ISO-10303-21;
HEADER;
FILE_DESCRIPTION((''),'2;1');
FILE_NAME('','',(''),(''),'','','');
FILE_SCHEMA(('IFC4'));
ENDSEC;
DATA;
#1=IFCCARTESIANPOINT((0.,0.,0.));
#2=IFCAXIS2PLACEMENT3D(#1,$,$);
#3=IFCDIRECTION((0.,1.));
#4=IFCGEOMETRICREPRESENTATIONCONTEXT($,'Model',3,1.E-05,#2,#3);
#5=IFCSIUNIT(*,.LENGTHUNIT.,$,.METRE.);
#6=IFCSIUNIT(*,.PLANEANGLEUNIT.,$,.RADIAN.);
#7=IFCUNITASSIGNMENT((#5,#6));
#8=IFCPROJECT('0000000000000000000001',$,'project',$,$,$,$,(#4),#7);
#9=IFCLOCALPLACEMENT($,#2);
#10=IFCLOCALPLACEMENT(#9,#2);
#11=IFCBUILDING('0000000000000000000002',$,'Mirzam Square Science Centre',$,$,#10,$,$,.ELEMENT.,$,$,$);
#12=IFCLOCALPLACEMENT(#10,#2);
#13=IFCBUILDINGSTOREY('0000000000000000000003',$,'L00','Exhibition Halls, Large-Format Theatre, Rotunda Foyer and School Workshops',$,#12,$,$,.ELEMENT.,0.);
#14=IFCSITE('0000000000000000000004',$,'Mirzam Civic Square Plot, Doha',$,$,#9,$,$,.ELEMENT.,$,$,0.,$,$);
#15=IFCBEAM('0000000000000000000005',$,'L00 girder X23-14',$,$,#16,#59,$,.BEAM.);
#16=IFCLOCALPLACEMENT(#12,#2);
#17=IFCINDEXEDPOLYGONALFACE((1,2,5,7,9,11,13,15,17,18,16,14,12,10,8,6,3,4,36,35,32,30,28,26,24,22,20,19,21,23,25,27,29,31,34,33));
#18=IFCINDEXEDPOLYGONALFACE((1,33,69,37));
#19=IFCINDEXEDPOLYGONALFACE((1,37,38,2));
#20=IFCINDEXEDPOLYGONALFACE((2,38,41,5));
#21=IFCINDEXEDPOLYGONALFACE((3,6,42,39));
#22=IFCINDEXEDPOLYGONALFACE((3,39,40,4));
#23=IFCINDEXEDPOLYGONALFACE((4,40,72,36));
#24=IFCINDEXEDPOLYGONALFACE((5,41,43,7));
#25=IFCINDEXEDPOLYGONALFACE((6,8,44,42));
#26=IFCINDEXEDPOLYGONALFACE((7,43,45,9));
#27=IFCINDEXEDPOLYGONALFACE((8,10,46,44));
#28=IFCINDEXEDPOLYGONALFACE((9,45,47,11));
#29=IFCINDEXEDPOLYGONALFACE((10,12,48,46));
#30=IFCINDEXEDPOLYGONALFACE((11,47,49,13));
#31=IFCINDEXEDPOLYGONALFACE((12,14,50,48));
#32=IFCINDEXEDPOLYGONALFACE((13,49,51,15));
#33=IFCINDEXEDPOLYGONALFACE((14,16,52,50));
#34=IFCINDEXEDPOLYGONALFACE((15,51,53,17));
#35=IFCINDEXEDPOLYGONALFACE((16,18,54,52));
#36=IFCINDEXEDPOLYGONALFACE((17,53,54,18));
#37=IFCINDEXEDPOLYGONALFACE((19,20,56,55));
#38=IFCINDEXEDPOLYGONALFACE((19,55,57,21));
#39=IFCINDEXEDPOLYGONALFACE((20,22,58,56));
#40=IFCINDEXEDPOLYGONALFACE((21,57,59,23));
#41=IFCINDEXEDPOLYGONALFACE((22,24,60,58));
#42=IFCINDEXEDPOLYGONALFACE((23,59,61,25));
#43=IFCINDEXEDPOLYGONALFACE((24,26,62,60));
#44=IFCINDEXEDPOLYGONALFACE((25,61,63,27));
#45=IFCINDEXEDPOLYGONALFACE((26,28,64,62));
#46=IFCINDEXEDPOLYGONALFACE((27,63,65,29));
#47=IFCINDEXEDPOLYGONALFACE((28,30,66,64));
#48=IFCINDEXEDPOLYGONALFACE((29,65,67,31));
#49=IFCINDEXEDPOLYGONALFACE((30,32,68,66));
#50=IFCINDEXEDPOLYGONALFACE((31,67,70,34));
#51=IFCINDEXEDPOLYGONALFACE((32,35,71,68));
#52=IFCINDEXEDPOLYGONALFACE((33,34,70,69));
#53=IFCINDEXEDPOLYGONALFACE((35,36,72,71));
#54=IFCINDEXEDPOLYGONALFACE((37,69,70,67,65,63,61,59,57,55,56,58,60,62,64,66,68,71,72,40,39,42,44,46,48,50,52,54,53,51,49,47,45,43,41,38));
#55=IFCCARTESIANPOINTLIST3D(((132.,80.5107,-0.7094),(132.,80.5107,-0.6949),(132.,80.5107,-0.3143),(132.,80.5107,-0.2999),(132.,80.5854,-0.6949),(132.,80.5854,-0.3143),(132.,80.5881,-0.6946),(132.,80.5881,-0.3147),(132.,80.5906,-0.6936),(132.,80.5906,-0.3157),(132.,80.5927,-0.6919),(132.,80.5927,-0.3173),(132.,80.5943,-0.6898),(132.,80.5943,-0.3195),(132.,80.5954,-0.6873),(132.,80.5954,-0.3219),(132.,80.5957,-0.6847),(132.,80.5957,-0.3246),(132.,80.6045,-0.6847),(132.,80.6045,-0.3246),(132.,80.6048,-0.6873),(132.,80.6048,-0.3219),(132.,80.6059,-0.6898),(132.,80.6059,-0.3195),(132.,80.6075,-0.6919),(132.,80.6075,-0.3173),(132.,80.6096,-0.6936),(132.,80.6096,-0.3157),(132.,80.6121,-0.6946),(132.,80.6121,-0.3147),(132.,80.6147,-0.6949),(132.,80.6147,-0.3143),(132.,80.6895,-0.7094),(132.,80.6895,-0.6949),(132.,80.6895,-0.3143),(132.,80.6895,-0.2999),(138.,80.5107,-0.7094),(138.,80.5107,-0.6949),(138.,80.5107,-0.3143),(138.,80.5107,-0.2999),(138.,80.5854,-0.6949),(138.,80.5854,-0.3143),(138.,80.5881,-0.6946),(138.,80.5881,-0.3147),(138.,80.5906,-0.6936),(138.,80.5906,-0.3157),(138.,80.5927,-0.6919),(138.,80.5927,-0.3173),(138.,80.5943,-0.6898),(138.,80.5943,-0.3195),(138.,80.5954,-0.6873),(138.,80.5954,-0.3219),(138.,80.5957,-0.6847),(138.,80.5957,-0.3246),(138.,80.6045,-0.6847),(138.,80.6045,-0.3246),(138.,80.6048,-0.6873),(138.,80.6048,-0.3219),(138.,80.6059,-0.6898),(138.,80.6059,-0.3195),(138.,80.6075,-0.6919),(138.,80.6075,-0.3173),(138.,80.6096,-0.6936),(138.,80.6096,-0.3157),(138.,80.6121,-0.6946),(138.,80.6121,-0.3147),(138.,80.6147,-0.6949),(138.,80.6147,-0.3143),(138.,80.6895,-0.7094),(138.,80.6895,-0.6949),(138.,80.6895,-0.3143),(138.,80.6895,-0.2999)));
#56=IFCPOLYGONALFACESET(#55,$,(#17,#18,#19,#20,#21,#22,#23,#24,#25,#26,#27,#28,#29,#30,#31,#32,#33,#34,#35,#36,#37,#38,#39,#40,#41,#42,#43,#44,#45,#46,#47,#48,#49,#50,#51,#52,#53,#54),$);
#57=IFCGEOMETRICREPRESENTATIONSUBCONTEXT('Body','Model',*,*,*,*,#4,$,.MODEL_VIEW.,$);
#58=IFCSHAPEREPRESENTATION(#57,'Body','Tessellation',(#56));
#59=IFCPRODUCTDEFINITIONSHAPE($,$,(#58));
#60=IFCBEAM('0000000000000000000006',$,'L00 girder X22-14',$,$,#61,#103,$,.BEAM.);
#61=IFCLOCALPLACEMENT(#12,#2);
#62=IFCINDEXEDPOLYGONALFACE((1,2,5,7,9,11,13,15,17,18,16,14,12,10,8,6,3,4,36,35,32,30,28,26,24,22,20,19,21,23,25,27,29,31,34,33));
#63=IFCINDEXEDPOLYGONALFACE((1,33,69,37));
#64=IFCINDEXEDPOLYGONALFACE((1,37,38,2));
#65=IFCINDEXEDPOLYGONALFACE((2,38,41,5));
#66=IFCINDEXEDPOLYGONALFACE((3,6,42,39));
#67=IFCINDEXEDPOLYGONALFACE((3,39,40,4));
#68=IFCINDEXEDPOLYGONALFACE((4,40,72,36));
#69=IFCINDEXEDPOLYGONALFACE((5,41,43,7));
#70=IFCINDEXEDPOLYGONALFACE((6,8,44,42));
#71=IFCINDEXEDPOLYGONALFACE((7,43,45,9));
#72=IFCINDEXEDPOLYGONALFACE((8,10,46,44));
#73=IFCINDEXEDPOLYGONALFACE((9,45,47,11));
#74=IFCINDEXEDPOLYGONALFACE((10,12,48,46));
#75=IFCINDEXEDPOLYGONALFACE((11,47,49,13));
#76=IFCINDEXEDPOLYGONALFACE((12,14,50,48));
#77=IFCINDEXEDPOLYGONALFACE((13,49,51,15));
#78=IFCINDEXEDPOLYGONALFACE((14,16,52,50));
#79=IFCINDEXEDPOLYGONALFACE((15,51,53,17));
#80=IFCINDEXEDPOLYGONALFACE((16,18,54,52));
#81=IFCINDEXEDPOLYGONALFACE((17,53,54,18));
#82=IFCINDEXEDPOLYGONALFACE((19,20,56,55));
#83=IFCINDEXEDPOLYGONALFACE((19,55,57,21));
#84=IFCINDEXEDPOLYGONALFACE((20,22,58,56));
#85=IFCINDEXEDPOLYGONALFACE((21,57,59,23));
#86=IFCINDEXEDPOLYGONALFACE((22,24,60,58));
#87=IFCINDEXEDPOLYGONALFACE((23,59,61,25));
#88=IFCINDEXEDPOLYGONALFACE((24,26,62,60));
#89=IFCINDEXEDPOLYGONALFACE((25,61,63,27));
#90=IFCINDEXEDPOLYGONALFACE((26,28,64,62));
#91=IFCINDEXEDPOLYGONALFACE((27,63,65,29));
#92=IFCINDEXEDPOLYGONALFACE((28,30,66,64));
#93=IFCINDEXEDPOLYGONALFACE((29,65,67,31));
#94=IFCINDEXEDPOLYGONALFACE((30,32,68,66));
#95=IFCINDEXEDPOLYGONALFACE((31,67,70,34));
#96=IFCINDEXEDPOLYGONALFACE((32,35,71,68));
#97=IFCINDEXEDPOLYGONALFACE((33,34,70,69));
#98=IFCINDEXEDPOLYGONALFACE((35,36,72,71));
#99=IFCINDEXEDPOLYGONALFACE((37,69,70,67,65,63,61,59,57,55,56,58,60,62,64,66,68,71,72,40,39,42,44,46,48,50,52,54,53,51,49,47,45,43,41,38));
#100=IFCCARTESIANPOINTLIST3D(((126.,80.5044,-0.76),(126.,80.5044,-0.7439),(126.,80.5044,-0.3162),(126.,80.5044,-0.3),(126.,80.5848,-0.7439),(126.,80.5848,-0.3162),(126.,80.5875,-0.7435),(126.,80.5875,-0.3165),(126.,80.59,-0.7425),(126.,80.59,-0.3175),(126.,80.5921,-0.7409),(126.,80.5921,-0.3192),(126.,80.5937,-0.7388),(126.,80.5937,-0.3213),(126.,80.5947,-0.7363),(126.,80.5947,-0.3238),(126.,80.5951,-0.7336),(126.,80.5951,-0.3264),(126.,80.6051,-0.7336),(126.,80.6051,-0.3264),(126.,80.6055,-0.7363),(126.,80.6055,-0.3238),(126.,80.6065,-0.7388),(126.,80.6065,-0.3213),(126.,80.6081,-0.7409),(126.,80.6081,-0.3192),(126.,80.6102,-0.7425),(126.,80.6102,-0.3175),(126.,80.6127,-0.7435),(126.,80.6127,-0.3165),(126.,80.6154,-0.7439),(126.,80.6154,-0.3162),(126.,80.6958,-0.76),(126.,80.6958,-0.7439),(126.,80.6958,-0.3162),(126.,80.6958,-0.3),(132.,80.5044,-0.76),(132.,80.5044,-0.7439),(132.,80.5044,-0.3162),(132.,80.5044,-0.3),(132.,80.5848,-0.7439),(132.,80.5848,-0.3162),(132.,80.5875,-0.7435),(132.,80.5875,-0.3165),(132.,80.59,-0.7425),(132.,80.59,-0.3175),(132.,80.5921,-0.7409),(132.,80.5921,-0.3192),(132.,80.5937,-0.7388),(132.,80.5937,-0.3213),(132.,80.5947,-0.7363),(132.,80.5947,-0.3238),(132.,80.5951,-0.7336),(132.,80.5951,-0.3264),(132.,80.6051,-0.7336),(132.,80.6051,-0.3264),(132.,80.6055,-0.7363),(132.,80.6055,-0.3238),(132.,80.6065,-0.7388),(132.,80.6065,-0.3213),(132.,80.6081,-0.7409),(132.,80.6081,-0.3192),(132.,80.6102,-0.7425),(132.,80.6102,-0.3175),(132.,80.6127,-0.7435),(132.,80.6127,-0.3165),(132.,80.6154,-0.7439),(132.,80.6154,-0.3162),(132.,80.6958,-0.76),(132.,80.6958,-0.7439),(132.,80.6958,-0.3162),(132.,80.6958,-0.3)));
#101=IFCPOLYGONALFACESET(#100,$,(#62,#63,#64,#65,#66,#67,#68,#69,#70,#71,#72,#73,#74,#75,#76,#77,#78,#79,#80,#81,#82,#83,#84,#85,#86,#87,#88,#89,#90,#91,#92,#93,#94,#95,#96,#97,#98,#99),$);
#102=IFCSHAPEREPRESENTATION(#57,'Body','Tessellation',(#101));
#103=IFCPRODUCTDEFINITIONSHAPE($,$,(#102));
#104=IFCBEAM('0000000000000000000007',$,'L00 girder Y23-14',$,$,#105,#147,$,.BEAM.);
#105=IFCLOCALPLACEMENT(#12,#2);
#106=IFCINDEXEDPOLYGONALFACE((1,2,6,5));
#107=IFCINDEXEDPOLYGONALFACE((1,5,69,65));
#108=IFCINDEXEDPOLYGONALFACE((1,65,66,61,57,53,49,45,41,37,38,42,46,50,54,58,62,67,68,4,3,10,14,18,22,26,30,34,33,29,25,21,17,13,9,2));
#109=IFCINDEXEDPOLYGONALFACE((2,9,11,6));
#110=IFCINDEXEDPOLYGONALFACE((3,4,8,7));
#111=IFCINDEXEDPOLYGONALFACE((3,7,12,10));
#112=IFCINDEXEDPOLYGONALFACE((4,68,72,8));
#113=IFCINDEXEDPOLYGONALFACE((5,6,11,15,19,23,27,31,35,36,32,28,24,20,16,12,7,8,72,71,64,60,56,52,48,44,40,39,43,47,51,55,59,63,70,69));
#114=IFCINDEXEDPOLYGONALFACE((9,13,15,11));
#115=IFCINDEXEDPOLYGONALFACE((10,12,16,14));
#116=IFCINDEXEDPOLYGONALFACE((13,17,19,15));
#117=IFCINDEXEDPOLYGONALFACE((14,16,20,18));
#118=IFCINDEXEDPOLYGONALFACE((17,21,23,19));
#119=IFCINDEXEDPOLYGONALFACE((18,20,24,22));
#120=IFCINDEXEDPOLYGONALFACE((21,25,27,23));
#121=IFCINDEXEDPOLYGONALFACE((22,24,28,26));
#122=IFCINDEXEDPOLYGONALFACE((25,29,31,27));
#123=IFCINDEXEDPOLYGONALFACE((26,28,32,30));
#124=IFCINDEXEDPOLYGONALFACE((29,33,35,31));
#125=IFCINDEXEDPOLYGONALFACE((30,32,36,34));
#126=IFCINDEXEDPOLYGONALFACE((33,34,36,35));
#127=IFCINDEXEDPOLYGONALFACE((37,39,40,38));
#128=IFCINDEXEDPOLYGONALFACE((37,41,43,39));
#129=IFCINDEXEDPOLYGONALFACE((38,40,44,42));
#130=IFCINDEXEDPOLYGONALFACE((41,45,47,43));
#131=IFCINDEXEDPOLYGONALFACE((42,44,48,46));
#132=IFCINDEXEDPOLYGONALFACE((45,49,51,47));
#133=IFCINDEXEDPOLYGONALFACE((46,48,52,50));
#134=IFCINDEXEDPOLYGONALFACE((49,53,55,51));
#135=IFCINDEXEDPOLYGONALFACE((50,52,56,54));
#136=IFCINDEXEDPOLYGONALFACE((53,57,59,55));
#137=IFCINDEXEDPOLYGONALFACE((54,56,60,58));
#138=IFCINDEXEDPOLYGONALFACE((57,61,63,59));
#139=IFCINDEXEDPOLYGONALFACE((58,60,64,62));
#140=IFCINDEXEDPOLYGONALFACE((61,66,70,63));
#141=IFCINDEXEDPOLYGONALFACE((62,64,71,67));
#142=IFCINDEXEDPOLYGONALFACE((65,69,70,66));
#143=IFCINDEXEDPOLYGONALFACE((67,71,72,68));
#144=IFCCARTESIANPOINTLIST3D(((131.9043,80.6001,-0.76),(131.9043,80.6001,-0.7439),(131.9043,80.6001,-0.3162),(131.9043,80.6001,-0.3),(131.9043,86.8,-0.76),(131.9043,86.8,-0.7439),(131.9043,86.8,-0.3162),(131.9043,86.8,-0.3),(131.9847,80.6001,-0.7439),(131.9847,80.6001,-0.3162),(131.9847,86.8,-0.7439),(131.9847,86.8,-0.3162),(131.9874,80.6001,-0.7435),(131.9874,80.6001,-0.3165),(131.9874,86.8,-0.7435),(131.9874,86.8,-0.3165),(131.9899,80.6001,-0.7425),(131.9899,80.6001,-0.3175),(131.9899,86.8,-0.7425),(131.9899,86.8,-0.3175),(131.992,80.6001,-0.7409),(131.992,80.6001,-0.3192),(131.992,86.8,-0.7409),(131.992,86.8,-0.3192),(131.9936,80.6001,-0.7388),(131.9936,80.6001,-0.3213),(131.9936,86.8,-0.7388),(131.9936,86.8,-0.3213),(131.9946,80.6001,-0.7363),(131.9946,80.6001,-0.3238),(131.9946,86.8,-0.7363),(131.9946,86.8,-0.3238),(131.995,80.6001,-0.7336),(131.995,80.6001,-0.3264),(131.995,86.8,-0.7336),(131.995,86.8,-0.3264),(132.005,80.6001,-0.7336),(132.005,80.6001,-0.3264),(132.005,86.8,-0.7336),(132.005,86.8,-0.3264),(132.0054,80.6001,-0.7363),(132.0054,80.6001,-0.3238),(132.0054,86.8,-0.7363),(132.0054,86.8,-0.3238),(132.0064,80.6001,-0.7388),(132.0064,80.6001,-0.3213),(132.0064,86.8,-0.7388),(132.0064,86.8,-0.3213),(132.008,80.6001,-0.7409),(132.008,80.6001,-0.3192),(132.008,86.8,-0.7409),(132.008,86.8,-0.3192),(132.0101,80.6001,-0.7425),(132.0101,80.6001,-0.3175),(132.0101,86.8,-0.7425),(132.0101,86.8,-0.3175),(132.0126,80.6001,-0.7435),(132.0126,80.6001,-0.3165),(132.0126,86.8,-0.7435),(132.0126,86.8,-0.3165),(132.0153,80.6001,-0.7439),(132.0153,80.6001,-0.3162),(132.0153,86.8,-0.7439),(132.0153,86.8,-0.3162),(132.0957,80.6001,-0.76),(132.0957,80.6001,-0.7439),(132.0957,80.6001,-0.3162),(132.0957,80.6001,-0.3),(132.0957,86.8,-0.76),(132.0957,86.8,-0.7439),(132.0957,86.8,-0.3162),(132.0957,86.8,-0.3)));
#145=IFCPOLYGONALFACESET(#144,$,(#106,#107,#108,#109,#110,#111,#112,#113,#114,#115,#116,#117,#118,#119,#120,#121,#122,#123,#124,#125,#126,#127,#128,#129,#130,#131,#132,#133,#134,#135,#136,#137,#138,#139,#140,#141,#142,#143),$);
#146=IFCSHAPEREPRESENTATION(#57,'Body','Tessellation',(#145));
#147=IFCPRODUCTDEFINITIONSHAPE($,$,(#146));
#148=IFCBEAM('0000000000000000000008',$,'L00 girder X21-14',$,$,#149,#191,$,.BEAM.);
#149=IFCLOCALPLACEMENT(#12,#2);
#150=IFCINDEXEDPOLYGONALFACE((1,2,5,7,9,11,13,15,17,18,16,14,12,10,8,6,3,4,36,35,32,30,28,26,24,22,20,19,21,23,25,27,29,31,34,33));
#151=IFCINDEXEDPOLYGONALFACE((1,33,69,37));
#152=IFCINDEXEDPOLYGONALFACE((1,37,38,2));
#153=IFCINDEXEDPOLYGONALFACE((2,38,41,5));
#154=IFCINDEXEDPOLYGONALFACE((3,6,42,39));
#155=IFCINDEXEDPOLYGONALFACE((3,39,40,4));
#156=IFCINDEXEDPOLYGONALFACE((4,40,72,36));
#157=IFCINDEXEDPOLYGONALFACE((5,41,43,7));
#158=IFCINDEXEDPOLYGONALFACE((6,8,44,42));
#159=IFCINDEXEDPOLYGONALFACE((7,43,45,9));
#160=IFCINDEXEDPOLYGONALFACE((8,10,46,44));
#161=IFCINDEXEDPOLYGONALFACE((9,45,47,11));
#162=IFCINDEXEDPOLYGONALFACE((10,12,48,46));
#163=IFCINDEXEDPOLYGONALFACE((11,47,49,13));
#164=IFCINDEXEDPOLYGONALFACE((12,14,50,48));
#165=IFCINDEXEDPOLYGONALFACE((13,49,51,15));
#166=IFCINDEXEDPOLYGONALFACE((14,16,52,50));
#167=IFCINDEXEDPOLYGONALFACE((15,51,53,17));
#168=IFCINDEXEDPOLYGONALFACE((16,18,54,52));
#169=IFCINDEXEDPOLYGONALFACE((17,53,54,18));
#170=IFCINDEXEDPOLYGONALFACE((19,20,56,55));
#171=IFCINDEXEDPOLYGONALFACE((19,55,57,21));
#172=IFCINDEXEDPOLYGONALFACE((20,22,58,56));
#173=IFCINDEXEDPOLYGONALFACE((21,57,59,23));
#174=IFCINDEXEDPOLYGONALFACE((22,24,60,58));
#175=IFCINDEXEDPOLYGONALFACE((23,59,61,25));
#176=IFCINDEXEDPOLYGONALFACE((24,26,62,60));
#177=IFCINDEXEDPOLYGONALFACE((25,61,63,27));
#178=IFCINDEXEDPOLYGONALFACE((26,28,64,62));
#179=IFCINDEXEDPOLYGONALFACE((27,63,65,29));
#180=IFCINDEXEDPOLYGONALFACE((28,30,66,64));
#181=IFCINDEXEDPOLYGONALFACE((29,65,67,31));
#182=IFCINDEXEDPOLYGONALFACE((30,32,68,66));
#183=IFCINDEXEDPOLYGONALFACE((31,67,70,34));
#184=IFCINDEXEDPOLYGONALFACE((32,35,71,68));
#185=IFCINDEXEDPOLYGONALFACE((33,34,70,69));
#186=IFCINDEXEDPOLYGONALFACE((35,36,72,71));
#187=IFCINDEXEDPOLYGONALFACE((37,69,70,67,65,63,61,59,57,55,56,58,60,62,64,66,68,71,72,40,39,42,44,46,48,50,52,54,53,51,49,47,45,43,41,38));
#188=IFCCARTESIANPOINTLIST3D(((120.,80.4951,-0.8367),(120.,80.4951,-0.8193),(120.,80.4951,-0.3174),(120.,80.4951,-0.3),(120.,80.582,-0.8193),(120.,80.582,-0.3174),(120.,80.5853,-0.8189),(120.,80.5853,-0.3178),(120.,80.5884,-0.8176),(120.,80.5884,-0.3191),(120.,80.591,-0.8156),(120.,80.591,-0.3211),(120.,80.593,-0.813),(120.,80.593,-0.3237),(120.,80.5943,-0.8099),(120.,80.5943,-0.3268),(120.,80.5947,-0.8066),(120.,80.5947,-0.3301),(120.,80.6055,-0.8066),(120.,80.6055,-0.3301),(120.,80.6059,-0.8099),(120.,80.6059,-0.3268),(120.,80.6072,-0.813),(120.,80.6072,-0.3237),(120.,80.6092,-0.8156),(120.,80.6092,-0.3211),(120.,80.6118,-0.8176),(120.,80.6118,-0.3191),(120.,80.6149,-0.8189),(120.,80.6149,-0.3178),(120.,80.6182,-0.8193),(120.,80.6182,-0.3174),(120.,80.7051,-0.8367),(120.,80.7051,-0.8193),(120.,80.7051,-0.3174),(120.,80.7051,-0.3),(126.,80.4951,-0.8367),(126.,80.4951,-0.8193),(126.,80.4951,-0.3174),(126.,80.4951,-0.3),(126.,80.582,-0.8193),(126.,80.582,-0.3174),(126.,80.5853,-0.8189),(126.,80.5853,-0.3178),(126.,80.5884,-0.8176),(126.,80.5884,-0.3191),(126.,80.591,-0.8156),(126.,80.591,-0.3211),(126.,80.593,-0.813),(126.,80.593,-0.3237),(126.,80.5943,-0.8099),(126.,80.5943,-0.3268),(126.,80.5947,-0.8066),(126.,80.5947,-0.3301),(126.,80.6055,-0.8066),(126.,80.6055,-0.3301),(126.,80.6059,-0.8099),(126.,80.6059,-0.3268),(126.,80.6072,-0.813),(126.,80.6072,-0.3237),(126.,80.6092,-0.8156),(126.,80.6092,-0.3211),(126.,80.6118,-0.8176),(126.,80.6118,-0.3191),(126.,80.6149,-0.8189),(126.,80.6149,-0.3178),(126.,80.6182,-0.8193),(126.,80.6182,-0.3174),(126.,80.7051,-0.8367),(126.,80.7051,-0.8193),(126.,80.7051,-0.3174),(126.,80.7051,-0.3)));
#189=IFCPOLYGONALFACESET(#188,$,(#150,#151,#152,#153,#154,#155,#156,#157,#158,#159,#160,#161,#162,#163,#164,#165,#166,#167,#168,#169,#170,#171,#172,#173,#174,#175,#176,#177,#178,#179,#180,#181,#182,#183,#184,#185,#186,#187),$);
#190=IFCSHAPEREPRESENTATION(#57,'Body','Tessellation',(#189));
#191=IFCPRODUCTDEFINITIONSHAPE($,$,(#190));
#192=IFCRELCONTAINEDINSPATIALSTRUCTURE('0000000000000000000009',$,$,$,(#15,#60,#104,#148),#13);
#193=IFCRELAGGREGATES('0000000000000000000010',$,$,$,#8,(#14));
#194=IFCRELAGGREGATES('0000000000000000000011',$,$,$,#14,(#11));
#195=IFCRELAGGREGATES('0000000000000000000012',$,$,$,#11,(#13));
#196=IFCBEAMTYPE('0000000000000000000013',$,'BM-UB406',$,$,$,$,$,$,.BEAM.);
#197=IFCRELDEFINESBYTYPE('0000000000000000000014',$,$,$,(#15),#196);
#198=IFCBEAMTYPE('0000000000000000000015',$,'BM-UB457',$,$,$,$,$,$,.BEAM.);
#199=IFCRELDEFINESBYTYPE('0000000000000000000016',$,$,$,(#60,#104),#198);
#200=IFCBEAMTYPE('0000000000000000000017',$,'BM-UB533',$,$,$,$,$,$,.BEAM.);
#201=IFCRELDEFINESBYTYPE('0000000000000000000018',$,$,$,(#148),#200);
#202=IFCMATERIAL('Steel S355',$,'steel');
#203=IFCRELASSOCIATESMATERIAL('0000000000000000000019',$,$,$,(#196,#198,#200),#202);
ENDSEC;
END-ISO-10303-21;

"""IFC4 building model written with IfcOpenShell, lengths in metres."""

from ifc_helpers import new_model, si_unit, direction, frame, origin, origin_2d, place, context, subcontext, project, spatial, i_section, extrude, material, material_profile, profile_set, type_object, element, save


model = new_model("IFC4")

# Units and contexts
model_context = context("Model", 3, precision=1e-05, world=origin(), true_north=direction((0.0, 1.0)))
body_context = subcontext(model_context, "Body", "Model", "MODEL_VIEW")
ifc_project = project(units=[si_unit("LENGTHUNIT", "METRE"), si_unit("PLANEANGLEUNIT", "RADIAN")], contexts=[model_context])

# Site, building, storey
site_placement = place(None, origin())
site = spatial("IfcSite", under=ifc_project, at=site_placement, Name="Mirzam Civic Square Plot, Doha", CompositionType="ELEMENT", RefElevation=0.0)
building_placement = place(site_placement, origin())
building = spatial("IfcBuilding", under=site, at=building_placement, Name="Mirzam Square Science Centre", CompositionType="ELEMENT")
storey_placement = place(building_placement, origin())
storey = spatial("IfcBuildingStorey", under=building, at=storey_placement, Name="L00", Description="Exhibition Halls, Large-Format Theatre, Rotunda Foyer and School Workshops", CompositionType="ELEMENT", Elevation=0.0)

# Shared definitions
ifc_material_1 = material(Name="Steel S355", Category="steel")

# Beams
ifc_material_profile_1 = material_profile(ifc_material_1, i_section(OverallWidth=0.1787, OverallDepth=0.4094, WebThickness=0.0088, FlangeThickness=0.0144, FilletRadius=0.0103, at=origin_2d()), Name="406x178x67UB")
ifc_profile_set_1 = profile_set([ifc_material_profile_1], Name="Steel S355")
beam_type_1 = type_object("IfcBeamType", Name="BM-UB406", PredefinedType="BEAM", material=ifc_profile_set_1)
beam_1_placement = place(storey_placement, frame((132.0, 80.6001, -0.5046), z_axis=(1.0, 0.0, 0.0), x_axis=(0.0, 1.0, 0.0)))
element("IfcBeam", 1, at=beam_1_placement, inside=storey, type_object=beam_type_1, Name="L00 girder X23-14", PredefinedType="BEAM", context=body_context, shape_type="SweptSolid", body=[
    extrude(i_section(OverallWidth=0.1787, OverallDepth=0.4094, WebThickness=0.0088, FlangeThickness=0.0144, FilletRadius=0.0103, at=origin_2d()), origin(), (0.0, 0.0, 1.0), 6.0),
])
ifc_material_profile_2 = material_profile(ifc_material_1, i_section(OverallWidth=0.1914, OverallDepth=0.46, WebThickness=0.01, FlangeThickness=0.0161, FilletRadius=0.0103, at=origin_2d()), Name="457x191x82UB")
ifc_profile_set_2 = profile_set([ifc_material_profile_2], Name="Steel S355")
beam_type_2 = type_object("IfcBeamType", Name="BM-UB457", PredefinedType="BEAM", material=ifc_profile_set_2)
beam_2_placement = place(storey_placement, frame((126.0, 80.6001, -0.53), z_axis=(1.0, 0.0, 0.0), x_axis=(0.0, 1.0, 0.0)))
element("IfcBeam", 2, at=beam_2_placement, inside=storey, type_object=beam_type_2, Name="L00 girder X22-14", PredefinedType="BEAM", context=body_context, shape_type="SweptSolid", body=[
    extrude(i_section(OverallWidth=0.1914, OverallDepth=0.46, WebThickness=0.01, FlangeThickness=0.0161, FilletRadius=0.0103, at=origin_2d()), origin(), (0.0, 0.0, 1.0), 6.0),
])
beam_3_placement = place(storey_placement, frame((132.0, 80.6001, -0.53), z_axis=(0.0, 1.0, 0.0), x_axis=(-1.0, 0.0, 0.0)))
element("IfcBeam", 3, at=beam_3_placement, inside=storey, type_object=beam_type_2, Name="L00 girder Y23-14", PredefinedType="BEAM", context=body_context, shape_type="SweptSolid", body=[
    extrude(i_section(OverallWidth=0.1914, OverallDepth=0.46, WebThickness=0.01, FlangeThickness=0.0161, FilletRadius=0.0103, at=origin_2d()), origin(), (0.0, 0.0, 1.0), 6.2),
])
ifc_material_profile_3 = material_profile(ifc_material_1, i_section(OverallWidth=0.21, OverallDepth=0.5366, WebThickness=0.0107, FlangeThickness=0.0173, FilletRadius=0.0127, at=origin_2d()), Name="533x210x101UB")
ifc_profile_set_3 = profile_set([ifc_material_profile_3], Name="Steel S355")
beam_type_3 = type_object("IfcBeamType", Name="BM-UB533", PredefinedType="BEAM", material=ifc_profile_set_3)
beam_4_placement = place(storey_placement, frame((120.0, 80.6001, -0.5684), z_axis=(1.0, 0.0, 0.0), x_axis=(0.0, 1.0, 0.0)))
element("IfcBeam", 4, at=beam_4_placement, inside=storey, type_object=beam_type_3, Name="L00 girder X21-14", PredefinedType="BEAM", context=body_context, shape_type="SweptSolid", body=[
    extrude(i_section(OverallWidth=0.21, OverallDepth=0.5366, WebThickness=0.0107, FlangeThickness=0.0173, FilletRadius=0.0127, at=origin_2d()), origin(), (0.0, 0.0, 1.0), 6.0),
])

save(model, "model.ifc")
